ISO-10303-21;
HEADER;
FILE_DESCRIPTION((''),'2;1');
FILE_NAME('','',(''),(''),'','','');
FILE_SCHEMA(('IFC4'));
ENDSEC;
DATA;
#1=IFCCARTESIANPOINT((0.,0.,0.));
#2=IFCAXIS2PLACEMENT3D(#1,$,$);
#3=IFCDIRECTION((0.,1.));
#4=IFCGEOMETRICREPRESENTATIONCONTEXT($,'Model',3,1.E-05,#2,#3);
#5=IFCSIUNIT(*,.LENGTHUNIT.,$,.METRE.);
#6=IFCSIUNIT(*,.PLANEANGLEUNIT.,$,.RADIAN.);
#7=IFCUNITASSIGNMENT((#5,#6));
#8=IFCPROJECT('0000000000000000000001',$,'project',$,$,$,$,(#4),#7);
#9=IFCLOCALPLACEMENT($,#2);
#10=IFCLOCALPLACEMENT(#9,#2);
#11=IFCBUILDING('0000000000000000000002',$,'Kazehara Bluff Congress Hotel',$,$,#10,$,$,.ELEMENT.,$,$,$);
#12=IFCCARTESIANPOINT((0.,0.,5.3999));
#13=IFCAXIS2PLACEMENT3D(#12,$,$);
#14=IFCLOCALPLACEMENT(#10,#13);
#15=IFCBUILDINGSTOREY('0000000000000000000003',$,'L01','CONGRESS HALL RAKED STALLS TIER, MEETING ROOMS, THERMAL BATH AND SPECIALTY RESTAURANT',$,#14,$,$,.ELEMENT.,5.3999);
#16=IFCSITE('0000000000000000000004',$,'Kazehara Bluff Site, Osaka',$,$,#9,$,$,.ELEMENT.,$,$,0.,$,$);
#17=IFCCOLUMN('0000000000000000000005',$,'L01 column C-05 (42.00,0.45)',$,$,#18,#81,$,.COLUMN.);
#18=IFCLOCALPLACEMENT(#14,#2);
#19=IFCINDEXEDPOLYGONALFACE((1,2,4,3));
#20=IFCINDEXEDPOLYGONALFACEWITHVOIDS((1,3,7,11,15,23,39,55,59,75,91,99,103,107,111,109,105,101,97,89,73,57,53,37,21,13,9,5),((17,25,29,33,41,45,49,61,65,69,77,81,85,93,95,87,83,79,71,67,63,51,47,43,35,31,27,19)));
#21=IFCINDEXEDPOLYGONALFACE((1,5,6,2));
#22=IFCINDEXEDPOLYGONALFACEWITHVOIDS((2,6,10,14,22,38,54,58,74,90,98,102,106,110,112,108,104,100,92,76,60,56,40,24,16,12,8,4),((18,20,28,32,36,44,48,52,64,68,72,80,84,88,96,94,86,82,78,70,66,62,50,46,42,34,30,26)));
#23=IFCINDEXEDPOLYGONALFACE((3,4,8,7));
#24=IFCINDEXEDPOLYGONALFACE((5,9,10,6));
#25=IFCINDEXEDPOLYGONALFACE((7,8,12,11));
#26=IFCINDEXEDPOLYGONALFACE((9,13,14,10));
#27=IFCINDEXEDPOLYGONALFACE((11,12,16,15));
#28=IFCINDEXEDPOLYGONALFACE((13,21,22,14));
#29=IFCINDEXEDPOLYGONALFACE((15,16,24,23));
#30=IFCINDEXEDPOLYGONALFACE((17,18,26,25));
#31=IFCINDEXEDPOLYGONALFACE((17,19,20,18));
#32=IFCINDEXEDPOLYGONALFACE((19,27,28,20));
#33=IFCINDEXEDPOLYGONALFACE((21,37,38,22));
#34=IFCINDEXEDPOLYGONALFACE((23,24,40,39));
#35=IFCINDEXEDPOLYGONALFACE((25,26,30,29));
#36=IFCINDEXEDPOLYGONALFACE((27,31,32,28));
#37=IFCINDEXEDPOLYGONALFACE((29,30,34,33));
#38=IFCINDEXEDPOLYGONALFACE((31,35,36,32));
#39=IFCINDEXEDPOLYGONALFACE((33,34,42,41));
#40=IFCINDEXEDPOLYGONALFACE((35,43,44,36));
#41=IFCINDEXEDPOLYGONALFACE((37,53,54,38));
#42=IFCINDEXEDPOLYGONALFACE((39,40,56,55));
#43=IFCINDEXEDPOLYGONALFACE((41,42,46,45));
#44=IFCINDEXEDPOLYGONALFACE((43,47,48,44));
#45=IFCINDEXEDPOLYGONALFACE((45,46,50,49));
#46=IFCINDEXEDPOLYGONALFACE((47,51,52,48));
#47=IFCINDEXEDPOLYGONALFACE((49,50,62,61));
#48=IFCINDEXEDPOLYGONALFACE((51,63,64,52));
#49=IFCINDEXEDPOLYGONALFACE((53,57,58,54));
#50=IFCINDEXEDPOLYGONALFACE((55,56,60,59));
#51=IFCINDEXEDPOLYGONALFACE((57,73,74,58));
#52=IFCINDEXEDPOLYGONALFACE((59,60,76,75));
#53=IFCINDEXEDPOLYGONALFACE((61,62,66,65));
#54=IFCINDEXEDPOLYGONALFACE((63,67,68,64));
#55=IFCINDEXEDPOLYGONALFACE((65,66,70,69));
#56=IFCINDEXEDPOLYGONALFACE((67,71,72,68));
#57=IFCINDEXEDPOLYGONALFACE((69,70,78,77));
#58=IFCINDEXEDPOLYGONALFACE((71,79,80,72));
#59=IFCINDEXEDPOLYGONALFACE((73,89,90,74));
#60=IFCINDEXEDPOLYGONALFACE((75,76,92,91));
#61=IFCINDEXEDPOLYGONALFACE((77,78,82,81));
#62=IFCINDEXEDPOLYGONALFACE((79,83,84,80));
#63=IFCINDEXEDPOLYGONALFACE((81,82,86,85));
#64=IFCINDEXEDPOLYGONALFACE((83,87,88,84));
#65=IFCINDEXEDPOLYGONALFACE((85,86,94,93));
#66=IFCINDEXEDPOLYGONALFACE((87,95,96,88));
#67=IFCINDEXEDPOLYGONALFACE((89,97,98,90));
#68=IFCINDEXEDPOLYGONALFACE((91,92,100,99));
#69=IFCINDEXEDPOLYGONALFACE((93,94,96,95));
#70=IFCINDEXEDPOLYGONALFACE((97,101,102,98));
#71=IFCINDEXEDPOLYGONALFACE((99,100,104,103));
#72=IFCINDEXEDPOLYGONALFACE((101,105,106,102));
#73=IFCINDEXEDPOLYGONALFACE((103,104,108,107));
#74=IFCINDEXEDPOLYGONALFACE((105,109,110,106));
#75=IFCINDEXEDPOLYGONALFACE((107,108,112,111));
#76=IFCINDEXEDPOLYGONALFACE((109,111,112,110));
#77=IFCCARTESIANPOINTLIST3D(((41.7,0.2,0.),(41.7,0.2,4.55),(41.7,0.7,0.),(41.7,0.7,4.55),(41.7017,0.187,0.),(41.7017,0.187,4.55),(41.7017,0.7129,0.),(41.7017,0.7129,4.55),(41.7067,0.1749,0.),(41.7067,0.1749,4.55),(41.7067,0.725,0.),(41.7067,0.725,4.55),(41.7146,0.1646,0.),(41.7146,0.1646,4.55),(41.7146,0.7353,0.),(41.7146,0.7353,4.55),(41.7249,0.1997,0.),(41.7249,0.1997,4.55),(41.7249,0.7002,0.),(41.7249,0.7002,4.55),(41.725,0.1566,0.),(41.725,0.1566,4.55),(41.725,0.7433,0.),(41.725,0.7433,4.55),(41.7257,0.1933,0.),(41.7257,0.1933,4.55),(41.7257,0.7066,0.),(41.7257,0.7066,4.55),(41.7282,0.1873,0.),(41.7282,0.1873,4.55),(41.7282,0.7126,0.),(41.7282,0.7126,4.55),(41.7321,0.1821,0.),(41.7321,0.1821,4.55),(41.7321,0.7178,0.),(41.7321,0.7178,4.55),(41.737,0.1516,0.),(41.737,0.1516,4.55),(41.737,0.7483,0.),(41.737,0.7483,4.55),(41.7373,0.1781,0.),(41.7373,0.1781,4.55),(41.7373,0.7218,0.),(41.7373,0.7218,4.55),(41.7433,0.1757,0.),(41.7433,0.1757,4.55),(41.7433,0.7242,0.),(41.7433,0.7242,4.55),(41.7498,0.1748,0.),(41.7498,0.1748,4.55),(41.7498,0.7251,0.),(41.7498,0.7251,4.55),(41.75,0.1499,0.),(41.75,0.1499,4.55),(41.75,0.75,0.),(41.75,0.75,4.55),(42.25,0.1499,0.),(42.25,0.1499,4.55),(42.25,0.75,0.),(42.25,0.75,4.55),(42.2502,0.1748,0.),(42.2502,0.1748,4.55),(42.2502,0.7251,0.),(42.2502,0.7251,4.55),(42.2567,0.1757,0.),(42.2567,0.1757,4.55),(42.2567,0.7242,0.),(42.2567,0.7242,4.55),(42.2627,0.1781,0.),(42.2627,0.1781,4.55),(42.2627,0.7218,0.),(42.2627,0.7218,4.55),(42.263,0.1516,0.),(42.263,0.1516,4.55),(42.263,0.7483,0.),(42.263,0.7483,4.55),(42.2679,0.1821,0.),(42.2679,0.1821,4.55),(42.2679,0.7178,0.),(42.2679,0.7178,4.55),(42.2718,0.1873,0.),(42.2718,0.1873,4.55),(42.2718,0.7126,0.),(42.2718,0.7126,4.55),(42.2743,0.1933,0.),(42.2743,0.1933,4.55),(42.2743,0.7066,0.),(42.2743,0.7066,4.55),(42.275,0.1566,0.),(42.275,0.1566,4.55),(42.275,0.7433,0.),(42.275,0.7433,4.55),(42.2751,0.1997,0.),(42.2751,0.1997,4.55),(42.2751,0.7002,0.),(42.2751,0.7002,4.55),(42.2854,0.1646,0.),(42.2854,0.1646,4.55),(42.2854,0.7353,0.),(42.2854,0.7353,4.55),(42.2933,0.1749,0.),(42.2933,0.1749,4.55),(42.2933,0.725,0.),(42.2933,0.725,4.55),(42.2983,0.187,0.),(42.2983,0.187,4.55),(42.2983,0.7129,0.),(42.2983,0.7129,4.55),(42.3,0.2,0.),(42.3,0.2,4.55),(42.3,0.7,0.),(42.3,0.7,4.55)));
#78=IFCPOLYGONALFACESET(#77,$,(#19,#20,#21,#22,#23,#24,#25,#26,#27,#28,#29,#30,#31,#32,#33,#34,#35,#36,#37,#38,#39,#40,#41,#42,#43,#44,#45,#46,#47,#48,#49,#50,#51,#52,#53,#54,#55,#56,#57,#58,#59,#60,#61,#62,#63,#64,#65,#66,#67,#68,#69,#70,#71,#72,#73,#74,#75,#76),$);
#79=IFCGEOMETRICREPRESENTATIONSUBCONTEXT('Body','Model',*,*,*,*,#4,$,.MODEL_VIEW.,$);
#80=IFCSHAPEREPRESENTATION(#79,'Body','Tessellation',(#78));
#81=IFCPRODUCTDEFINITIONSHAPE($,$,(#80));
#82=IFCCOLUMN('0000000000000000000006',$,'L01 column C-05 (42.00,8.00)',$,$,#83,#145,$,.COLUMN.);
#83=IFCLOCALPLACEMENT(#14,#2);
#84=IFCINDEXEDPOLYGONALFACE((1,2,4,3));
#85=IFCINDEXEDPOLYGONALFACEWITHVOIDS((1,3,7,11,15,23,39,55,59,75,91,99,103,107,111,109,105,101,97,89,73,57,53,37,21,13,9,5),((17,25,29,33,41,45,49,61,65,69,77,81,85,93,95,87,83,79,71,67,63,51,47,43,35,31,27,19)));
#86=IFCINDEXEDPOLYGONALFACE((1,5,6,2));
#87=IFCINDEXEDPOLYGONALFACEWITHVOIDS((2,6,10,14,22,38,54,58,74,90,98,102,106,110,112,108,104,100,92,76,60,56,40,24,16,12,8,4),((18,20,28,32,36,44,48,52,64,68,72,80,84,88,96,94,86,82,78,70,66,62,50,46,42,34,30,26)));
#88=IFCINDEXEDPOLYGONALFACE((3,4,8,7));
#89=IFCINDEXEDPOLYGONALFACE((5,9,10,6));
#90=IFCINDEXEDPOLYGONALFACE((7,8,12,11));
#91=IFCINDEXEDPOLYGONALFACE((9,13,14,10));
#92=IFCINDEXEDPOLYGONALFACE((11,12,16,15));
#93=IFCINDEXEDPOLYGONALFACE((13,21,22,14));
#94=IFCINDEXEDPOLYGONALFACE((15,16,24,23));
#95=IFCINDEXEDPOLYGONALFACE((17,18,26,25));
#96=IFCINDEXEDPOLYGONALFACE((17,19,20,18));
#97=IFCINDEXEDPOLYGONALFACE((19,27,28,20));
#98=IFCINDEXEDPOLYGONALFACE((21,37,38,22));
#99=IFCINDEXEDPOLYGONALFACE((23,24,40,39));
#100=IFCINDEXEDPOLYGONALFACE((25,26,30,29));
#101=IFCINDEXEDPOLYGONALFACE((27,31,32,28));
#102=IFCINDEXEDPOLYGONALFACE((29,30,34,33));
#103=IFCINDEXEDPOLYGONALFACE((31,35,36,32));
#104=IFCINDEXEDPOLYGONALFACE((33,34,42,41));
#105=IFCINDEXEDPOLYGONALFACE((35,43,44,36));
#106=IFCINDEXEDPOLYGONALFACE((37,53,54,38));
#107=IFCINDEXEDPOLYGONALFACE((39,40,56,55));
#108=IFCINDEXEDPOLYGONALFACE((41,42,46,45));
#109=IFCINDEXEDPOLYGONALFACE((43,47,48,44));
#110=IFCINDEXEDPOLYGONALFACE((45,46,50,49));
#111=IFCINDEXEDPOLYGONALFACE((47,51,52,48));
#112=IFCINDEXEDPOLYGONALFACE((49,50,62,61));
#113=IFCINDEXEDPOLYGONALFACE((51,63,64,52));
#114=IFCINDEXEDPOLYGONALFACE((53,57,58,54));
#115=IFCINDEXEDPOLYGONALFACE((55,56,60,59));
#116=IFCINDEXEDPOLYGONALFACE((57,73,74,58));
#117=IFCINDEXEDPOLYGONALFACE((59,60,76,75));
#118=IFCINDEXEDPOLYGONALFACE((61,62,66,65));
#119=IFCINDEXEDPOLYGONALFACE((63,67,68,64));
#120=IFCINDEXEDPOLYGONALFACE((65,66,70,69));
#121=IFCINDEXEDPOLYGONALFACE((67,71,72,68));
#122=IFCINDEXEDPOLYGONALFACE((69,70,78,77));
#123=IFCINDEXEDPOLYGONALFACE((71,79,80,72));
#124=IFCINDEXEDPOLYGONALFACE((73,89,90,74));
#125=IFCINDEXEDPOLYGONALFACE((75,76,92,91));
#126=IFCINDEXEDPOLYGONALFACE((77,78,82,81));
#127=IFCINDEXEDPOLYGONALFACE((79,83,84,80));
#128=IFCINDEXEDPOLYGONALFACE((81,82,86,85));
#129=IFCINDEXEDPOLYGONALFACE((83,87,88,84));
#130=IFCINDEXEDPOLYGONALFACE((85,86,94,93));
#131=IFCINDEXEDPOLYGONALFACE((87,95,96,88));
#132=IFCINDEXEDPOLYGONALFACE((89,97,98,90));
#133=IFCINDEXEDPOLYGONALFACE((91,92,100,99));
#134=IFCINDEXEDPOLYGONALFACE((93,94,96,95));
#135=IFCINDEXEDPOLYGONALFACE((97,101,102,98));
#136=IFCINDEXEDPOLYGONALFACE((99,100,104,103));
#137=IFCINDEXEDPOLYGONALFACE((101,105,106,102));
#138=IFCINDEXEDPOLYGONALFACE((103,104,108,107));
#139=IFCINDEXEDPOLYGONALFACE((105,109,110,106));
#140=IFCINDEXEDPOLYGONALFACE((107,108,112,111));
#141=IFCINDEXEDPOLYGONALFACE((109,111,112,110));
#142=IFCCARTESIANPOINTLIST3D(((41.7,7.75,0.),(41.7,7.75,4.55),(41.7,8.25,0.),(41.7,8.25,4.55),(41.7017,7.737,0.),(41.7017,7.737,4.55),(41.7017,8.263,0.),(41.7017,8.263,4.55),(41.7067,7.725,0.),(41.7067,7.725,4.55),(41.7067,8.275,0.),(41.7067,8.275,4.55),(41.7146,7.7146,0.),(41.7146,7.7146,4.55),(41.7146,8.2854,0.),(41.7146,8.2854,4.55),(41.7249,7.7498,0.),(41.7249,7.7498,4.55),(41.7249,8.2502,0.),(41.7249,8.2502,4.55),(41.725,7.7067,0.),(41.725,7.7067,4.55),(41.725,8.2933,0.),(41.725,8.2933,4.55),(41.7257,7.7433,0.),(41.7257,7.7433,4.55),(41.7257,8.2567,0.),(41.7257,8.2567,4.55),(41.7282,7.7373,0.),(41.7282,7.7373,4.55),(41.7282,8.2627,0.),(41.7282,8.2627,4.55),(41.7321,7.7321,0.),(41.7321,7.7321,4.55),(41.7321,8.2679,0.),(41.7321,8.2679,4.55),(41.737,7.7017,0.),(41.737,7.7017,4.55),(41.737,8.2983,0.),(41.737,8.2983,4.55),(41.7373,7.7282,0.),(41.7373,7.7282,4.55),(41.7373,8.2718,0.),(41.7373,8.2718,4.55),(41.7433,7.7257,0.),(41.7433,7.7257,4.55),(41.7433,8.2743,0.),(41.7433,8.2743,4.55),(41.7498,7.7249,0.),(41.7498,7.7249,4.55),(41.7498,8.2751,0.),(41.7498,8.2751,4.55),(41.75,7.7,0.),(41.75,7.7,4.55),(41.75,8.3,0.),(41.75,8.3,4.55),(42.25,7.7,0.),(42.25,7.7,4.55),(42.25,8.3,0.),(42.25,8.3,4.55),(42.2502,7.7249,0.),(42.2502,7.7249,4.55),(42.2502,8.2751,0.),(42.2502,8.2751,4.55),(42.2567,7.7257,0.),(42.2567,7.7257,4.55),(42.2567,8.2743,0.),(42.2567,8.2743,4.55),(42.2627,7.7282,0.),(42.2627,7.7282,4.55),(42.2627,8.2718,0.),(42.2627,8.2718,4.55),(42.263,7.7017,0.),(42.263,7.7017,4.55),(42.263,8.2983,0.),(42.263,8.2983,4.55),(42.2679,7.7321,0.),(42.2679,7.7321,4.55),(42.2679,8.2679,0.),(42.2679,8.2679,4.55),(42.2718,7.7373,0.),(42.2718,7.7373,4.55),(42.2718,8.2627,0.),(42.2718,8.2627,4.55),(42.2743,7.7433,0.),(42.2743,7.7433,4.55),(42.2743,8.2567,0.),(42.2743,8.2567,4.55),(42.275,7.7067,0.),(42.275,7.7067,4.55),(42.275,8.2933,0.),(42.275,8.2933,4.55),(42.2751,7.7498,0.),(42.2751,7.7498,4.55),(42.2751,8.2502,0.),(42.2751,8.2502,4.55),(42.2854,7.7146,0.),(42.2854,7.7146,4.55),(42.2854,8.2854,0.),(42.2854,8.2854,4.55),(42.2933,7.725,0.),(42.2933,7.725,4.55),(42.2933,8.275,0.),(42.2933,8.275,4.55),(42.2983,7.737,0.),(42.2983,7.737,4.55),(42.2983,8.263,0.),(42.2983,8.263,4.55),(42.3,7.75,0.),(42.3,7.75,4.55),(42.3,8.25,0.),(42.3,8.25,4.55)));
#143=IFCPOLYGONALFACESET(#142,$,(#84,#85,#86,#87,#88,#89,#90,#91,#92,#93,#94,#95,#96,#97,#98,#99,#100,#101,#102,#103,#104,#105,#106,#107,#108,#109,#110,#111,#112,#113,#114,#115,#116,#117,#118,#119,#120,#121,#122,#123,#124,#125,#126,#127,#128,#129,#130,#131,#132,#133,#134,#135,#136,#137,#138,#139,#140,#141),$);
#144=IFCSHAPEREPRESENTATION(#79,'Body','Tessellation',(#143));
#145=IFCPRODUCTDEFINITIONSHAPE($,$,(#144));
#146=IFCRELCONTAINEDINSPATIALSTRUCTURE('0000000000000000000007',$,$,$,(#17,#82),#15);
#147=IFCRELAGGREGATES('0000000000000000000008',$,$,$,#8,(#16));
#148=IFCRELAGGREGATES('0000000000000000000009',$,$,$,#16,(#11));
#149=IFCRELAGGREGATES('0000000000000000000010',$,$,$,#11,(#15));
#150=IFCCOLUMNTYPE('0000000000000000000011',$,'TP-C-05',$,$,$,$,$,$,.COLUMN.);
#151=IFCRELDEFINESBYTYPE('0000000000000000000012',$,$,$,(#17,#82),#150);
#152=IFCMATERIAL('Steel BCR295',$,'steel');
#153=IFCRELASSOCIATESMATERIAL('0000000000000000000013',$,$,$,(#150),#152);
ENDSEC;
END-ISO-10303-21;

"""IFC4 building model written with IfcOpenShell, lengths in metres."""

from ifc_helpers import new_model, si_unit, direction, frame, origin, origin_2d, place, context, subcontext, project, spatial, hollow_rectangle, extrude, material, material_profile, profile_set, type_object, element, save


model = new_model("IFC4")

# Units and contexts
model_context = context("Model", 3, precision=1e-05, world=origin(), true_north=direction((0.0, 1.0)))
body_context = subcontext(model_context, "Body", "Model", "MODEL_VIEW")
ifc_project = project(units=[si_unit("LENGTHUNIT", "METRE"), si_unit("PLANEANGLEUNIT", "RADIAN")], contexts=[model_context])

# Site, building, storey
site_placement = place(None, origin())
site = spatial("IfcSite", under=ifc_project, at=site_placement, Name="Kazehara Bluff Site, Osaka", CompositionType="ELEMENT", RefElevation=0.0)
building_placement = place(site_placement, origin())
building = spatial("IfcBuilding", under=site, at=building_placement, Name="Kazehara Bluff Congress Hotel", CompositionType="ELEMENT")
storey_placement = place(building_placement, frame((0.0, 0.0, 5.3999)))
storey = spatial("IfcBuildingStorey", under=building, at=storey_placement, Name="L01", Description="CONGRESS HALL RAKED STALLS TIER, MEETING ROOMS, THERMAL BATH AND SPECIALTY RESTAURANT", CompositionType="ELEMENT", Elevation=5.3999)

# Columns
ifc_material_1 = material(Name="Steel BCR295", Category="steel")
ifc_material_profile_1 = material_profile(ifc_material_1, hollow_rectangle(XDim=0.6001, YDim=0.6001, WallThickness=0.0249, InnerFilletRadius=0.0249, OuterFilletRadius=0.05, at=origin_2d()))
ifc_profile_set_1 = profile_set([ifc_material_profile_1], Name="Steel BCR295")
column_type = type_object("IfcColumnType", Name="TP-C-05", PredefinedType="COLUMN", material=ifc_profile_set_1)
for number, where, z_axis, x_axis, name in (
    (1, (42.0, 0.45, 0.0), (0.0, 0.0, 1.0), (1.0, 0.0, 0.0), "L01 column C-05 (42.00,0.45)"),
    (2, (42.0, 8.0, 0.0), (0.0, 0.0, 1.0), (1.0, 0.0, 0.0), "L01 column C-05 (42.00,8.00)"),
):
    element("IfcColumn", number, at=place(storey_placement, frame(where, z_axis=z_axis, x_axis=x_axis)), inside=storey, type_object=column_type, Name=name, PredefinedType="COLUMN", context=body_context, shape_type="SweptSolid", body=[
        extrude(hollow_rectangle(XDim=0.6001, YDim=0.6001, WallThickness=0.0249, InnerFilletRadius=0.0249, OuterFilletRadius=0.05, at=origin_2d()), origin(), (0.0, 0.0, 1.0), 4.55),
    ])

save(model, "model.ifc")
